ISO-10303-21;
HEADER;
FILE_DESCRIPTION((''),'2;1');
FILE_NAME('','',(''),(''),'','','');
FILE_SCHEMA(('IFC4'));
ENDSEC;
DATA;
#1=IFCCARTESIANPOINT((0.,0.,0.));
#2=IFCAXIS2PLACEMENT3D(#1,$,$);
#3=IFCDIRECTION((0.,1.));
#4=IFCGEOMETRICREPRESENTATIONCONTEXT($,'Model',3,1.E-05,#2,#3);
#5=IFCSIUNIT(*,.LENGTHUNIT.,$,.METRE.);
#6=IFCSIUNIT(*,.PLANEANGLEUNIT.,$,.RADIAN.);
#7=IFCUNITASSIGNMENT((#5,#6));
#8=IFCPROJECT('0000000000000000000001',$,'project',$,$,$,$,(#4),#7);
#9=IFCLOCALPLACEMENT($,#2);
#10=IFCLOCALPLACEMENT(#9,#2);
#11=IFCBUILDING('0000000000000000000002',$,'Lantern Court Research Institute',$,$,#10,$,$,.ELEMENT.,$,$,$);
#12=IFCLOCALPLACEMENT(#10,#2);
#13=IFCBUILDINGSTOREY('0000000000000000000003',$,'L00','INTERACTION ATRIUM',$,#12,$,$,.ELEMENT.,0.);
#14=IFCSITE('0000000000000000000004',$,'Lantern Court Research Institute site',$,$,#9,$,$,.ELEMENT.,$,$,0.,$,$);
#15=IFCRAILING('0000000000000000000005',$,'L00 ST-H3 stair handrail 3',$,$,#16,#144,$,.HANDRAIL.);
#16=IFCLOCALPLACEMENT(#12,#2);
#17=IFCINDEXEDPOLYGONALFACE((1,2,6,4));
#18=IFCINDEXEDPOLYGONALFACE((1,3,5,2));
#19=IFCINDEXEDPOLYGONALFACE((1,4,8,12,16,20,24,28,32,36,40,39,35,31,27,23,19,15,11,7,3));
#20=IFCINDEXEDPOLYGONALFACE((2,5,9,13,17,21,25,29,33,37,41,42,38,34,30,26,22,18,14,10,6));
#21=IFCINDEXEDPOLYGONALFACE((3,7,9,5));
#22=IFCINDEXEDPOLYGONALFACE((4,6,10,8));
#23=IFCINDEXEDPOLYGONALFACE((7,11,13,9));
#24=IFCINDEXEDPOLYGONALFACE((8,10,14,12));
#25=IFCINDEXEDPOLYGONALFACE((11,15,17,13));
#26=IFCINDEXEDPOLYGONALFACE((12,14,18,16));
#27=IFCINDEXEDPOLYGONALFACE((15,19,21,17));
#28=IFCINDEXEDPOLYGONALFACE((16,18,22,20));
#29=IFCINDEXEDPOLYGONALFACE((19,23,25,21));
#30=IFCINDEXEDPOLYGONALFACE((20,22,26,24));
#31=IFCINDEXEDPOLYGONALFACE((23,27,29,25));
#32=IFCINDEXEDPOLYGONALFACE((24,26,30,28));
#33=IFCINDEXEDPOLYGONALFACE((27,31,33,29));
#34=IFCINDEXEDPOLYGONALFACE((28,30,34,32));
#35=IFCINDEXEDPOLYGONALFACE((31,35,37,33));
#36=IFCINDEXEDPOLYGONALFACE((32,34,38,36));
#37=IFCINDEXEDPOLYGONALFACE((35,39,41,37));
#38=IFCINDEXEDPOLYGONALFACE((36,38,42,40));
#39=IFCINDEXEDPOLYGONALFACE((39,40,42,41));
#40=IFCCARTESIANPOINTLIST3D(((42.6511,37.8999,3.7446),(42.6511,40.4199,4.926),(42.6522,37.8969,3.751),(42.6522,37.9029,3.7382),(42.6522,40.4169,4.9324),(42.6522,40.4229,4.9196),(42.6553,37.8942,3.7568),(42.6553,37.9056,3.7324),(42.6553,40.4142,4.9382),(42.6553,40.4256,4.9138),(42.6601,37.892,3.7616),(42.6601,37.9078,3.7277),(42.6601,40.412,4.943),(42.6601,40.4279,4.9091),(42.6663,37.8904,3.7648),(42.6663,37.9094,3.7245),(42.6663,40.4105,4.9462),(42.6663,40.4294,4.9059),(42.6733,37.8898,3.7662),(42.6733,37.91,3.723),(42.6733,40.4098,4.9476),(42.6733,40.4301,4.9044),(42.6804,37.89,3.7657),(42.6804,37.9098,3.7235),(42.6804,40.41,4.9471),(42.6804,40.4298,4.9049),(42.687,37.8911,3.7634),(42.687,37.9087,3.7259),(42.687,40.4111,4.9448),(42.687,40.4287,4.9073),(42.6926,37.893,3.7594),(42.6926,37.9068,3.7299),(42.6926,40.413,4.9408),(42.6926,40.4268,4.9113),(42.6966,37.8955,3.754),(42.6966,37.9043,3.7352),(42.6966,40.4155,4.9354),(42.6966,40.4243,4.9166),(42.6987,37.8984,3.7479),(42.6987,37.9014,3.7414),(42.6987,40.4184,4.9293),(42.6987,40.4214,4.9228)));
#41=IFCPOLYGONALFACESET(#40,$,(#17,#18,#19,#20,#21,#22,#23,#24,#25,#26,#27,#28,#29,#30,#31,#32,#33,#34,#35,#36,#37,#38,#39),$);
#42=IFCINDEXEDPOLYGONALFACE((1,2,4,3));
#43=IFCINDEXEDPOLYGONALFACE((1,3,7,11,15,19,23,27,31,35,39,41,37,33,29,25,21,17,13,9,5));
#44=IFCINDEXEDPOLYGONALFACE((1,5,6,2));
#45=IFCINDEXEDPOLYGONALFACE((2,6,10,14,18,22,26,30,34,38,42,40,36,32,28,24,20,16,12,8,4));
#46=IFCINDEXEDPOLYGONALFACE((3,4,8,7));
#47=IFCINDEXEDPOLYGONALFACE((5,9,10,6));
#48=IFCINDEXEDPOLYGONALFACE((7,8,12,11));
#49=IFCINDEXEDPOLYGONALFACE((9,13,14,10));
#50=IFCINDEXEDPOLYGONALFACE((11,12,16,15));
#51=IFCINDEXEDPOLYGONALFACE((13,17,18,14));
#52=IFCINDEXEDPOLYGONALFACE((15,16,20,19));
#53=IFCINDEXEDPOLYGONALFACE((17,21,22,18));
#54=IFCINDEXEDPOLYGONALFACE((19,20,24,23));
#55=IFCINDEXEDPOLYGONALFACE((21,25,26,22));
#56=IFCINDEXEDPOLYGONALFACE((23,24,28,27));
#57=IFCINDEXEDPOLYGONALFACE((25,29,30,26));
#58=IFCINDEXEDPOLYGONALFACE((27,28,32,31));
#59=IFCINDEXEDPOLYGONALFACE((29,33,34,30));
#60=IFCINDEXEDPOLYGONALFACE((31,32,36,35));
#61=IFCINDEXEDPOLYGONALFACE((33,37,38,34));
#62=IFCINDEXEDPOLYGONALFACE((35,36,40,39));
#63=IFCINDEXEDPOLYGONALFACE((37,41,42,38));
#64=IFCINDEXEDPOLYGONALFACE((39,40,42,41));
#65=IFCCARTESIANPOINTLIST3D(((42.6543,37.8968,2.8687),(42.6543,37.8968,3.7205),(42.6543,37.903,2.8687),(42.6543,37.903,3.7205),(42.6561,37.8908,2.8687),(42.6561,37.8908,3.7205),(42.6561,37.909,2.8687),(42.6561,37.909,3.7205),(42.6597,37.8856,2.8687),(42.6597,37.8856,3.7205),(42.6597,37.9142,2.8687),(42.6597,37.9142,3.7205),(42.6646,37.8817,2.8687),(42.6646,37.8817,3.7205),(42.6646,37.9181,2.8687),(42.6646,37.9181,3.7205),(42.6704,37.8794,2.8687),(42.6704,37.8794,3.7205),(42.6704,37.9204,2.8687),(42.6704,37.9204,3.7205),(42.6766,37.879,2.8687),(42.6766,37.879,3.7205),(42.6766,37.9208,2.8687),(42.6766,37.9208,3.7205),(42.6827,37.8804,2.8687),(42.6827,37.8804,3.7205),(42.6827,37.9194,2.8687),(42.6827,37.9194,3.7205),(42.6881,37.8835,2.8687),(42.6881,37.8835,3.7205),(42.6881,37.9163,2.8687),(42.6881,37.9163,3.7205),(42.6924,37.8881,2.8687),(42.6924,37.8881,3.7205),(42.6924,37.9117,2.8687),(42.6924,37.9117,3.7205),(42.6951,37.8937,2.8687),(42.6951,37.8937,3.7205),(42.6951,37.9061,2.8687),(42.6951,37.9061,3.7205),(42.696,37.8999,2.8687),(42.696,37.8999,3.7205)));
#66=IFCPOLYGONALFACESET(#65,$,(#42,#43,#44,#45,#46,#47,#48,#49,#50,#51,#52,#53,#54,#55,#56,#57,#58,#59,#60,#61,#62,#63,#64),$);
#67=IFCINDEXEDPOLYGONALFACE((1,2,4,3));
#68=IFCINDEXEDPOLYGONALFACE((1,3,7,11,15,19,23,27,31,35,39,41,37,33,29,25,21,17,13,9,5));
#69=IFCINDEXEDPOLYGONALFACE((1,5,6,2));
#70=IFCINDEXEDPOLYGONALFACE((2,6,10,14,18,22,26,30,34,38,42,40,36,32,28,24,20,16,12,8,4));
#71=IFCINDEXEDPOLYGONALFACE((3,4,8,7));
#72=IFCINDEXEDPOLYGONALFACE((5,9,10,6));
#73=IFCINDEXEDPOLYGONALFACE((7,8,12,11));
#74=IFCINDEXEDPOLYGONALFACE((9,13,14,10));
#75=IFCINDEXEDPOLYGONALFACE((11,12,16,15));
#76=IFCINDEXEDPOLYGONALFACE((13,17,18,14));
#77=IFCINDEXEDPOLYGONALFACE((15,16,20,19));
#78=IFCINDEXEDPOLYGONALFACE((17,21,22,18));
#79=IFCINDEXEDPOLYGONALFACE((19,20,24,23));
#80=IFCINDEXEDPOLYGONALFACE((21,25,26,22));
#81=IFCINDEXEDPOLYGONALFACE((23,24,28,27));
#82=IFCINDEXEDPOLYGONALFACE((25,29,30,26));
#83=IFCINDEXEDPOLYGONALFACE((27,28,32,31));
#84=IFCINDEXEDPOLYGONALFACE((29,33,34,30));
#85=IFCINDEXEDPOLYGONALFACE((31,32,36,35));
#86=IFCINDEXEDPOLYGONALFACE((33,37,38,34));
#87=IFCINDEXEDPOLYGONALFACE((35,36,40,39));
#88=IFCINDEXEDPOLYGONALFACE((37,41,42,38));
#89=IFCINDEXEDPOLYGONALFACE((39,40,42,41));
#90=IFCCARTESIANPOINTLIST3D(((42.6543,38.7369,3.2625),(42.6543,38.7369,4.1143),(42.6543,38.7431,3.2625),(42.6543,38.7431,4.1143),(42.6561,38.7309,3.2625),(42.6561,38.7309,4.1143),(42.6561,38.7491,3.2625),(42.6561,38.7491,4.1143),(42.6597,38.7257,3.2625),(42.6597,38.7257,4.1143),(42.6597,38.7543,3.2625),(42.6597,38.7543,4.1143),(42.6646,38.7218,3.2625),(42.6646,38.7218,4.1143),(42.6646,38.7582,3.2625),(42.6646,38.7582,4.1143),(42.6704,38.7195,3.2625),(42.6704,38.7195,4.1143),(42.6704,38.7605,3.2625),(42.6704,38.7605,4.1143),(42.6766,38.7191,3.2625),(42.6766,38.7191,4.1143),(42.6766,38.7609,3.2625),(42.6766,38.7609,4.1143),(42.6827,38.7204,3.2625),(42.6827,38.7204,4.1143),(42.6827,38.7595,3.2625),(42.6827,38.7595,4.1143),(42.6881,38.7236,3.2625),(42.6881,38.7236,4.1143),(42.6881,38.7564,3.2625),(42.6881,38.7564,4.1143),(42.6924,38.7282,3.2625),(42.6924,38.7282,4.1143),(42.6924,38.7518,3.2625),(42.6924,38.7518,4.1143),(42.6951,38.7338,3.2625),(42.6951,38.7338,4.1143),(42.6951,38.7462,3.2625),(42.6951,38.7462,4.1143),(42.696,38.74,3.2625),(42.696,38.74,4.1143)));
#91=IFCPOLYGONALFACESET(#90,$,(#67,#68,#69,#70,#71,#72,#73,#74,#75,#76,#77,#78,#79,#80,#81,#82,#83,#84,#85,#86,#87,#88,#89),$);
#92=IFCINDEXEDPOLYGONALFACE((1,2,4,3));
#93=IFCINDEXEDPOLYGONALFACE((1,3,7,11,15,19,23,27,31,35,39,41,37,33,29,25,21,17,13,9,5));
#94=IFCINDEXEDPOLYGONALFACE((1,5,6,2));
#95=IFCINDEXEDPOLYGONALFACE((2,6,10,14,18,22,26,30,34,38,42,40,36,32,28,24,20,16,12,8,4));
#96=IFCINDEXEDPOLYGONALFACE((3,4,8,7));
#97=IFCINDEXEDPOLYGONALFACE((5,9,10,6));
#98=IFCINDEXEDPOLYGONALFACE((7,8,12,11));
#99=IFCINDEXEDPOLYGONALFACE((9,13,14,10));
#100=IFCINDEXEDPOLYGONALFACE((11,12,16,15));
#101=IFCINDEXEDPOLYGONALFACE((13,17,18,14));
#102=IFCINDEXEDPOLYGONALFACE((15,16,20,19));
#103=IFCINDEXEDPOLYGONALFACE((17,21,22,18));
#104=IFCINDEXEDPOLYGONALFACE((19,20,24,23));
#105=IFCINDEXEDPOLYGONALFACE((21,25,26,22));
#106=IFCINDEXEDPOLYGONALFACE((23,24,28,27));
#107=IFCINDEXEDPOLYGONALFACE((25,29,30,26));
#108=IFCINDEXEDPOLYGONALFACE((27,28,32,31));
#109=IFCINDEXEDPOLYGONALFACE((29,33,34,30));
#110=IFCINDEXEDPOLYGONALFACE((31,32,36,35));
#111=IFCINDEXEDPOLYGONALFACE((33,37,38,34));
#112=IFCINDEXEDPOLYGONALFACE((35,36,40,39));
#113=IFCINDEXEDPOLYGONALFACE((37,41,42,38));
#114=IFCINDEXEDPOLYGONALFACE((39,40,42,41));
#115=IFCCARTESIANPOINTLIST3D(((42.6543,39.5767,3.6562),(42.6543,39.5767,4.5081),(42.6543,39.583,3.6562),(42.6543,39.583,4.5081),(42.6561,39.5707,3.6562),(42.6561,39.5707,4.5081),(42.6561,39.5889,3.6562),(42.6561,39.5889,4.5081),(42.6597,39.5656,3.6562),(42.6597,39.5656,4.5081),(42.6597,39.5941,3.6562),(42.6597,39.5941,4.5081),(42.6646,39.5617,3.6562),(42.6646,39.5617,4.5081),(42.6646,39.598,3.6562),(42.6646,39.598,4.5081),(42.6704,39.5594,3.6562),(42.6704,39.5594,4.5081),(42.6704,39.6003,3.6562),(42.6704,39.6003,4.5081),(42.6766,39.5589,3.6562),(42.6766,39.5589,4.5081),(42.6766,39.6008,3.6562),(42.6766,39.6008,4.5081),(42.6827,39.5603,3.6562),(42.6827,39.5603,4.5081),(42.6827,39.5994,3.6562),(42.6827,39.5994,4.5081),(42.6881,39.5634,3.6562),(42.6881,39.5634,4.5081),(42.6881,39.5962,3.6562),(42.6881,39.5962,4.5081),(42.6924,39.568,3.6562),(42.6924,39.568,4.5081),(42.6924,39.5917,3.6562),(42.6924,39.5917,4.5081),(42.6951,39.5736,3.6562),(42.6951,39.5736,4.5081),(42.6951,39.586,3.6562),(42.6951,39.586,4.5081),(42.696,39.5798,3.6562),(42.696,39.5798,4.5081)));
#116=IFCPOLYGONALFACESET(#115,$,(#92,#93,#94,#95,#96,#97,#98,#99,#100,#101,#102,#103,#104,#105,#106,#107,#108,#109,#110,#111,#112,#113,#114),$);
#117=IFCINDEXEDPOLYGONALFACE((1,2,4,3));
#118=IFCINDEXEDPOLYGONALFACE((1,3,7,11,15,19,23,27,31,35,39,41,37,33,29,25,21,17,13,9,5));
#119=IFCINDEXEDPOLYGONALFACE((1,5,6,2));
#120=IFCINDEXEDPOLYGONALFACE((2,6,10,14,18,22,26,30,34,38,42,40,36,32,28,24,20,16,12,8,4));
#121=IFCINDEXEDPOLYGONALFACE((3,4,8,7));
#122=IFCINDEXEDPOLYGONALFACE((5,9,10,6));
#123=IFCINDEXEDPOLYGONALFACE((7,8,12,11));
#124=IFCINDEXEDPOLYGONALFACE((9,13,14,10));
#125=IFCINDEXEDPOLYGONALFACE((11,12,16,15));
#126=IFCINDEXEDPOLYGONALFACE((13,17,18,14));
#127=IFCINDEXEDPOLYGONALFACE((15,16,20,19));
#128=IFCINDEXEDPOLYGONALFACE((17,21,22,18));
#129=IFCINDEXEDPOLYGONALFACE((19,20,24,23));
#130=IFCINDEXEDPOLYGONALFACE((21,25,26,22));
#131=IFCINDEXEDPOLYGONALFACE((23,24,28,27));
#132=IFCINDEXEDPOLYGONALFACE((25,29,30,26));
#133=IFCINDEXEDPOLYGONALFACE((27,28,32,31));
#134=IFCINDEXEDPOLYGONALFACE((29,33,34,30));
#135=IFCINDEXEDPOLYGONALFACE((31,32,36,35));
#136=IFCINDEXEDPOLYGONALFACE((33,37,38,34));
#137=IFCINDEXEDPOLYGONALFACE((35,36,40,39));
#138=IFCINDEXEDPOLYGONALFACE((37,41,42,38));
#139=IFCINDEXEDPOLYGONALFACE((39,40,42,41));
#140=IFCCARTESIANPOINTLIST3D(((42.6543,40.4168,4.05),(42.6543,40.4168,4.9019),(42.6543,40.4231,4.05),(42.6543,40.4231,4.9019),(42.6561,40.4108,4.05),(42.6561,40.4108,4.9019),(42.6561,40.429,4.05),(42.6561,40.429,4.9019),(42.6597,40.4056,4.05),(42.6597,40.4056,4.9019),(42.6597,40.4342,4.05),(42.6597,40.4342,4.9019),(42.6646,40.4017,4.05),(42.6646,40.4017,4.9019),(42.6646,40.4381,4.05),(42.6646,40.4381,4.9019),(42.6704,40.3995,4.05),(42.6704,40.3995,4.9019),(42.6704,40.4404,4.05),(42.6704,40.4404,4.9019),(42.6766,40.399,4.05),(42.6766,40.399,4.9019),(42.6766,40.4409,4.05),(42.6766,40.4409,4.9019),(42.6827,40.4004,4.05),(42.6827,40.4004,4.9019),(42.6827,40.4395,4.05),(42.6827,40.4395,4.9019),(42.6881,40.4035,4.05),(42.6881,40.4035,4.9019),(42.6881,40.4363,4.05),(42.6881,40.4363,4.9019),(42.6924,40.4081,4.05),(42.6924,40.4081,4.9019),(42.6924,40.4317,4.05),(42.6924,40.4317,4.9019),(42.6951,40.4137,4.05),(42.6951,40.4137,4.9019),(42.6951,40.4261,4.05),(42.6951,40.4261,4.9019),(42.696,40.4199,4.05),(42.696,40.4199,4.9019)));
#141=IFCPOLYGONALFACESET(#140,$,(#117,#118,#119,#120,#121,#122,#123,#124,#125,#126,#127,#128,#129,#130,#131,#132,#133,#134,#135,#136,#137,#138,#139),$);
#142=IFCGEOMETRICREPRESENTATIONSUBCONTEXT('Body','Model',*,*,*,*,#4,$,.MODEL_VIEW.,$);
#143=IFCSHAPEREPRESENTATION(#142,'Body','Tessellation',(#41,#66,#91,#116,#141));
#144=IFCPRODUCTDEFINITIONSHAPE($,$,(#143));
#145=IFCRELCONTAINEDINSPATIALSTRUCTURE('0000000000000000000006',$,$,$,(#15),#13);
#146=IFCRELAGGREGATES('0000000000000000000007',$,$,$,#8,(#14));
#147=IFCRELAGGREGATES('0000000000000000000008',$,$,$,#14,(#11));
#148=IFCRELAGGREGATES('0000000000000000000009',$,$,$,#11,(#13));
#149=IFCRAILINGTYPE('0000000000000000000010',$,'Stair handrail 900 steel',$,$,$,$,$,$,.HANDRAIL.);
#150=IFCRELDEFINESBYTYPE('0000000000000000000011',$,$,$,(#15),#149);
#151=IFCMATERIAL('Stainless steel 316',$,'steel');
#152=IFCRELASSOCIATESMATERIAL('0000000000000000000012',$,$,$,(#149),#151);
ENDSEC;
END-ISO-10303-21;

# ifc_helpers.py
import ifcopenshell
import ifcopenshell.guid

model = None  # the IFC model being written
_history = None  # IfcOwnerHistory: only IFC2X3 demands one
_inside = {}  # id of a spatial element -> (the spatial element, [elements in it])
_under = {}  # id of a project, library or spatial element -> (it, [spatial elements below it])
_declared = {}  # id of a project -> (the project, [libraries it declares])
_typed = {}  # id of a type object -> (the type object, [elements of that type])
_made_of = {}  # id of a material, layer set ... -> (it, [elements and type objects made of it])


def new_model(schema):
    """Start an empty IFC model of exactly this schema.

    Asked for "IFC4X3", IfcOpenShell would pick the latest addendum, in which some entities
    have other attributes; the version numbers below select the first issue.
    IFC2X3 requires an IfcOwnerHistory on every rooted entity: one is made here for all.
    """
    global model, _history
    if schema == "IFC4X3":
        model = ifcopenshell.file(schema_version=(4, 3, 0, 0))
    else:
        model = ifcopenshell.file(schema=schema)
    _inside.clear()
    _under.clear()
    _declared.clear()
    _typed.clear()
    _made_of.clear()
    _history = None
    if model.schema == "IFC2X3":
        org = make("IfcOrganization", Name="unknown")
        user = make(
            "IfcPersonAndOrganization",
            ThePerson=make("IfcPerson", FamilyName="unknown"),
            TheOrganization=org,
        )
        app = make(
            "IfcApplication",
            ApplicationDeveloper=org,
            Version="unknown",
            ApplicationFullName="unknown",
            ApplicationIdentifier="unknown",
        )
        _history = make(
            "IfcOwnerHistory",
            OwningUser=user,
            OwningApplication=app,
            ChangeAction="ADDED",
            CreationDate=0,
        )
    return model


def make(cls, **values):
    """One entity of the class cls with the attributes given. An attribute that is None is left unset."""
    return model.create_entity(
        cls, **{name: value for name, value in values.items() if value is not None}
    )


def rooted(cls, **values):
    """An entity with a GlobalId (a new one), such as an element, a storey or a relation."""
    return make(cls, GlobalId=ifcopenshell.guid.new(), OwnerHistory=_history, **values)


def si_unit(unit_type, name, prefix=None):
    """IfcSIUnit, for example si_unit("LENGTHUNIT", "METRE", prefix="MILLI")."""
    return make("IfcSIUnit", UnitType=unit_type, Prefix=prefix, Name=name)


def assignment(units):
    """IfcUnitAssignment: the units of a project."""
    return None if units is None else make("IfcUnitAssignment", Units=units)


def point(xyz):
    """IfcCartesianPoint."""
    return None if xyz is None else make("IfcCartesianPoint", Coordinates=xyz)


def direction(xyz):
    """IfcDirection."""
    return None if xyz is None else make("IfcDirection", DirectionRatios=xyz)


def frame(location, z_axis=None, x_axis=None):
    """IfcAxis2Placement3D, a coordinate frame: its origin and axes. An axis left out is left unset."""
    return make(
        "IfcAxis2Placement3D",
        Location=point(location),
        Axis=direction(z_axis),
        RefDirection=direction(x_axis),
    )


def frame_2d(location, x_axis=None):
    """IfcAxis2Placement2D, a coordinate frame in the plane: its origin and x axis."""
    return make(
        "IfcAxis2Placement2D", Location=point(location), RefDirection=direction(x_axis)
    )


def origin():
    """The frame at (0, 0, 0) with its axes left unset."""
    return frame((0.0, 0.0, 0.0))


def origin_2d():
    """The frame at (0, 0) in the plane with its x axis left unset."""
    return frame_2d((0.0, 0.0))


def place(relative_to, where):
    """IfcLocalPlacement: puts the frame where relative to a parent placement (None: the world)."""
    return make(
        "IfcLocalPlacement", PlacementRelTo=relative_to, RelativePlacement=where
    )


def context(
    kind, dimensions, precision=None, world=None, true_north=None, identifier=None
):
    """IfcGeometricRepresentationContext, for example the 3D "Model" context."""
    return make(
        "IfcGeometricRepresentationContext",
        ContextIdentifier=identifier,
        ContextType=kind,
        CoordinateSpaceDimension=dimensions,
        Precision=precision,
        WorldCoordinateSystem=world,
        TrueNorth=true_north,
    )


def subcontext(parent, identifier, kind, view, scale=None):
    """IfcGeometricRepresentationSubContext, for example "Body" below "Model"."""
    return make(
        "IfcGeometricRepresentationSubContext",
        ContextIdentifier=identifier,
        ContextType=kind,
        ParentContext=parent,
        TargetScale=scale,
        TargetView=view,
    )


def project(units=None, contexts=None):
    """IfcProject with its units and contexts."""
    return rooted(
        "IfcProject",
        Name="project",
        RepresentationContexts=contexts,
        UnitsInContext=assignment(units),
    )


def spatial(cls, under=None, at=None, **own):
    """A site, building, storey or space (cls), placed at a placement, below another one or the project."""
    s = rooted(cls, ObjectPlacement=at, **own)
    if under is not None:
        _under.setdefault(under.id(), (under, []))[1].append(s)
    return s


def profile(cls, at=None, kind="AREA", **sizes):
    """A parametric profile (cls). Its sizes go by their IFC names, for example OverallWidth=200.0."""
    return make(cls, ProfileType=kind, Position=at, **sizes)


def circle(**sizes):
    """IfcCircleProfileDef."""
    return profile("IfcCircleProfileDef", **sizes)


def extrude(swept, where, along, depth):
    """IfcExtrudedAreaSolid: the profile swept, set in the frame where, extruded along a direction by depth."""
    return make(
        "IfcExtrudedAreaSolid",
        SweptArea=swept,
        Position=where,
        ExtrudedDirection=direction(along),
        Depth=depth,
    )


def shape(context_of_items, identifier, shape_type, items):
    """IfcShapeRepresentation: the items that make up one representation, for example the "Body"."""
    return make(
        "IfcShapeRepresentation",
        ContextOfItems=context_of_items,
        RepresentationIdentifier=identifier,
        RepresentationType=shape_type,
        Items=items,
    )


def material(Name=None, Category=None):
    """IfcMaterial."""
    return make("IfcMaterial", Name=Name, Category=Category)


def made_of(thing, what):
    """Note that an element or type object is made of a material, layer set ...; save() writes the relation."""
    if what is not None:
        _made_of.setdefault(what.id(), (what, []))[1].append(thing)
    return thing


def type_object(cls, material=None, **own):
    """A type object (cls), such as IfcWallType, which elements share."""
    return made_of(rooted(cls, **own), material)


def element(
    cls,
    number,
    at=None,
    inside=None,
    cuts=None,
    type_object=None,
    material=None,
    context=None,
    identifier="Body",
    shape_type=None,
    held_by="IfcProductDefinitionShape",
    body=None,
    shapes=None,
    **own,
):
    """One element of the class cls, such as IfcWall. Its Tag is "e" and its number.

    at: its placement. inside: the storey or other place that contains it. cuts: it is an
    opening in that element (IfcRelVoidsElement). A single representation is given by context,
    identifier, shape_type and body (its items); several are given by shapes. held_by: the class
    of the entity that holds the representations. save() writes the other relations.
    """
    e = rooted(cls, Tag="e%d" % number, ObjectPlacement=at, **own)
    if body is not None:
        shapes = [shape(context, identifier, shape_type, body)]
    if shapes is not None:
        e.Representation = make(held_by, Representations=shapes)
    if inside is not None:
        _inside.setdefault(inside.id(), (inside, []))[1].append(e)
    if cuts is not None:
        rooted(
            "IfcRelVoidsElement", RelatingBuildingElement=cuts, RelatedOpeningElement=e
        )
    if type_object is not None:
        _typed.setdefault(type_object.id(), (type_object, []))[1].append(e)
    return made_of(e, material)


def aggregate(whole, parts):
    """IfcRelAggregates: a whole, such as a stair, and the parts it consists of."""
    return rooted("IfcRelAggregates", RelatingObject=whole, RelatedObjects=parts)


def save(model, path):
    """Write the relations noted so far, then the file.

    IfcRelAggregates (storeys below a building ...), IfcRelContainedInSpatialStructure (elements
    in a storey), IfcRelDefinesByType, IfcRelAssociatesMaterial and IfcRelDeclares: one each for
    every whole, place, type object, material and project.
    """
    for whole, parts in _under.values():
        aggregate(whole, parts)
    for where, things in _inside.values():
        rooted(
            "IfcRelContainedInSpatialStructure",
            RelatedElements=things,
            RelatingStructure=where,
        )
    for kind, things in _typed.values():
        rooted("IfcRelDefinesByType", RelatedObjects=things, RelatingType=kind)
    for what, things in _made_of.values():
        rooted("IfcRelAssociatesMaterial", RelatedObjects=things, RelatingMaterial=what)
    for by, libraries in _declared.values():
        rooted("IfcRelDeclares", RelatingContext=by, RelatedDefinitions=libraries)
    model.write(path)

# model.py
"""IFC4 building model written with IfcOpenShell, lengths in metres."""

from ifc_helpers import new_model, si_unit, direction, frame, origin, origin_2d, place, context, subcontext, project, spatial, circle, extrude, material, type_object, element, save


model = new_model("IFC4")

# Units and contexts
model_context = context("Model", 3, precision=1e-05, world=origin(), true_north=direction((0.0, 1.0)))
body_context = subcontext(model_context, "Body", "Model", "MODEL_VIEW")
ifc_project = project(units=[si_unit("LENGTHUNIT", "METRE"), si_unit("PLANEANGLEUNIT", "RADIAN")], contexts=[model_context])

# Site, building, storey
site_placement = place(None, origin())
site = spatial("IfcSite", under=ifc_project, at=site_placement, Name="Lantern Court Research Institute site", CompositionType="ELEMENT", RefElevation=0.0)
building_placement = place(site_placement, origin())
building = spatial("IfcBuilding", under=site, at=building_placement, Name="Lantern Court Research Institute", CompositionType="ELEMENT")
storey_placement = place(building_placement, origin())
storey = spatial("IfcBuildingStorey", under=building, at=storey_placement, Name="L00", Description="INTERACTION ATRIUM", CompositionType="ELEMENT", Elevation=0.0)

# Railing
ifc_material_1 = material(Name="Stainless steel 316", Category="steel")
railing_type_1 = type_object("IfcRailingType", Name="Stair handrail 900 steel", PredefinedType="HANDRAIL", material=ifc_material_1)
for number, where, name in (
    (1, (42.675, 37.8999, 2.8687), "L00 ST-H3 stair handrail 3"),
):
    element("IfcRailing", number, at=place(storey_placement, frame(where)), inside=storey, type_object=railing_type_1, Name=name, PredefinedType="HANDRAIL", context=body_context, shape_type="SweptSolid", body=[
        extrude(circle(Radius=0.0239, at=origin_2d()), frame((0.0, 0.0, 0.876), z_axis=(0.0, 0.90544, 0.424474), x_axis=(-1.0, 0.0, 0.0)), (0.0, 0.0, 1.0), 2.7832),
        extrude(circle(Radius=0.021, at=origin_2d()), origin(), (0.0, 0.0, 1.0), 0.8518),
        extrude(circle(Radius=0.021, at=origin_2d()), frame((0.0, 0.8401, 0.3938)), (0.0, 0.0, 1.0), 0.8518),
        extrude(circle(Radius=0.021, at=origin_2d()), frame((0.0, 1.6799, 0.7876)), (0.0, 0.0, 1.0), 0.8518),
        extrude(circle(Radius=0.021, at=origin_2d()), frame((0.0, 2.52, 1.1814)), (0.0, 0.0, 1.0), 0.8518),
    ])

save(model, "model.ifc")
